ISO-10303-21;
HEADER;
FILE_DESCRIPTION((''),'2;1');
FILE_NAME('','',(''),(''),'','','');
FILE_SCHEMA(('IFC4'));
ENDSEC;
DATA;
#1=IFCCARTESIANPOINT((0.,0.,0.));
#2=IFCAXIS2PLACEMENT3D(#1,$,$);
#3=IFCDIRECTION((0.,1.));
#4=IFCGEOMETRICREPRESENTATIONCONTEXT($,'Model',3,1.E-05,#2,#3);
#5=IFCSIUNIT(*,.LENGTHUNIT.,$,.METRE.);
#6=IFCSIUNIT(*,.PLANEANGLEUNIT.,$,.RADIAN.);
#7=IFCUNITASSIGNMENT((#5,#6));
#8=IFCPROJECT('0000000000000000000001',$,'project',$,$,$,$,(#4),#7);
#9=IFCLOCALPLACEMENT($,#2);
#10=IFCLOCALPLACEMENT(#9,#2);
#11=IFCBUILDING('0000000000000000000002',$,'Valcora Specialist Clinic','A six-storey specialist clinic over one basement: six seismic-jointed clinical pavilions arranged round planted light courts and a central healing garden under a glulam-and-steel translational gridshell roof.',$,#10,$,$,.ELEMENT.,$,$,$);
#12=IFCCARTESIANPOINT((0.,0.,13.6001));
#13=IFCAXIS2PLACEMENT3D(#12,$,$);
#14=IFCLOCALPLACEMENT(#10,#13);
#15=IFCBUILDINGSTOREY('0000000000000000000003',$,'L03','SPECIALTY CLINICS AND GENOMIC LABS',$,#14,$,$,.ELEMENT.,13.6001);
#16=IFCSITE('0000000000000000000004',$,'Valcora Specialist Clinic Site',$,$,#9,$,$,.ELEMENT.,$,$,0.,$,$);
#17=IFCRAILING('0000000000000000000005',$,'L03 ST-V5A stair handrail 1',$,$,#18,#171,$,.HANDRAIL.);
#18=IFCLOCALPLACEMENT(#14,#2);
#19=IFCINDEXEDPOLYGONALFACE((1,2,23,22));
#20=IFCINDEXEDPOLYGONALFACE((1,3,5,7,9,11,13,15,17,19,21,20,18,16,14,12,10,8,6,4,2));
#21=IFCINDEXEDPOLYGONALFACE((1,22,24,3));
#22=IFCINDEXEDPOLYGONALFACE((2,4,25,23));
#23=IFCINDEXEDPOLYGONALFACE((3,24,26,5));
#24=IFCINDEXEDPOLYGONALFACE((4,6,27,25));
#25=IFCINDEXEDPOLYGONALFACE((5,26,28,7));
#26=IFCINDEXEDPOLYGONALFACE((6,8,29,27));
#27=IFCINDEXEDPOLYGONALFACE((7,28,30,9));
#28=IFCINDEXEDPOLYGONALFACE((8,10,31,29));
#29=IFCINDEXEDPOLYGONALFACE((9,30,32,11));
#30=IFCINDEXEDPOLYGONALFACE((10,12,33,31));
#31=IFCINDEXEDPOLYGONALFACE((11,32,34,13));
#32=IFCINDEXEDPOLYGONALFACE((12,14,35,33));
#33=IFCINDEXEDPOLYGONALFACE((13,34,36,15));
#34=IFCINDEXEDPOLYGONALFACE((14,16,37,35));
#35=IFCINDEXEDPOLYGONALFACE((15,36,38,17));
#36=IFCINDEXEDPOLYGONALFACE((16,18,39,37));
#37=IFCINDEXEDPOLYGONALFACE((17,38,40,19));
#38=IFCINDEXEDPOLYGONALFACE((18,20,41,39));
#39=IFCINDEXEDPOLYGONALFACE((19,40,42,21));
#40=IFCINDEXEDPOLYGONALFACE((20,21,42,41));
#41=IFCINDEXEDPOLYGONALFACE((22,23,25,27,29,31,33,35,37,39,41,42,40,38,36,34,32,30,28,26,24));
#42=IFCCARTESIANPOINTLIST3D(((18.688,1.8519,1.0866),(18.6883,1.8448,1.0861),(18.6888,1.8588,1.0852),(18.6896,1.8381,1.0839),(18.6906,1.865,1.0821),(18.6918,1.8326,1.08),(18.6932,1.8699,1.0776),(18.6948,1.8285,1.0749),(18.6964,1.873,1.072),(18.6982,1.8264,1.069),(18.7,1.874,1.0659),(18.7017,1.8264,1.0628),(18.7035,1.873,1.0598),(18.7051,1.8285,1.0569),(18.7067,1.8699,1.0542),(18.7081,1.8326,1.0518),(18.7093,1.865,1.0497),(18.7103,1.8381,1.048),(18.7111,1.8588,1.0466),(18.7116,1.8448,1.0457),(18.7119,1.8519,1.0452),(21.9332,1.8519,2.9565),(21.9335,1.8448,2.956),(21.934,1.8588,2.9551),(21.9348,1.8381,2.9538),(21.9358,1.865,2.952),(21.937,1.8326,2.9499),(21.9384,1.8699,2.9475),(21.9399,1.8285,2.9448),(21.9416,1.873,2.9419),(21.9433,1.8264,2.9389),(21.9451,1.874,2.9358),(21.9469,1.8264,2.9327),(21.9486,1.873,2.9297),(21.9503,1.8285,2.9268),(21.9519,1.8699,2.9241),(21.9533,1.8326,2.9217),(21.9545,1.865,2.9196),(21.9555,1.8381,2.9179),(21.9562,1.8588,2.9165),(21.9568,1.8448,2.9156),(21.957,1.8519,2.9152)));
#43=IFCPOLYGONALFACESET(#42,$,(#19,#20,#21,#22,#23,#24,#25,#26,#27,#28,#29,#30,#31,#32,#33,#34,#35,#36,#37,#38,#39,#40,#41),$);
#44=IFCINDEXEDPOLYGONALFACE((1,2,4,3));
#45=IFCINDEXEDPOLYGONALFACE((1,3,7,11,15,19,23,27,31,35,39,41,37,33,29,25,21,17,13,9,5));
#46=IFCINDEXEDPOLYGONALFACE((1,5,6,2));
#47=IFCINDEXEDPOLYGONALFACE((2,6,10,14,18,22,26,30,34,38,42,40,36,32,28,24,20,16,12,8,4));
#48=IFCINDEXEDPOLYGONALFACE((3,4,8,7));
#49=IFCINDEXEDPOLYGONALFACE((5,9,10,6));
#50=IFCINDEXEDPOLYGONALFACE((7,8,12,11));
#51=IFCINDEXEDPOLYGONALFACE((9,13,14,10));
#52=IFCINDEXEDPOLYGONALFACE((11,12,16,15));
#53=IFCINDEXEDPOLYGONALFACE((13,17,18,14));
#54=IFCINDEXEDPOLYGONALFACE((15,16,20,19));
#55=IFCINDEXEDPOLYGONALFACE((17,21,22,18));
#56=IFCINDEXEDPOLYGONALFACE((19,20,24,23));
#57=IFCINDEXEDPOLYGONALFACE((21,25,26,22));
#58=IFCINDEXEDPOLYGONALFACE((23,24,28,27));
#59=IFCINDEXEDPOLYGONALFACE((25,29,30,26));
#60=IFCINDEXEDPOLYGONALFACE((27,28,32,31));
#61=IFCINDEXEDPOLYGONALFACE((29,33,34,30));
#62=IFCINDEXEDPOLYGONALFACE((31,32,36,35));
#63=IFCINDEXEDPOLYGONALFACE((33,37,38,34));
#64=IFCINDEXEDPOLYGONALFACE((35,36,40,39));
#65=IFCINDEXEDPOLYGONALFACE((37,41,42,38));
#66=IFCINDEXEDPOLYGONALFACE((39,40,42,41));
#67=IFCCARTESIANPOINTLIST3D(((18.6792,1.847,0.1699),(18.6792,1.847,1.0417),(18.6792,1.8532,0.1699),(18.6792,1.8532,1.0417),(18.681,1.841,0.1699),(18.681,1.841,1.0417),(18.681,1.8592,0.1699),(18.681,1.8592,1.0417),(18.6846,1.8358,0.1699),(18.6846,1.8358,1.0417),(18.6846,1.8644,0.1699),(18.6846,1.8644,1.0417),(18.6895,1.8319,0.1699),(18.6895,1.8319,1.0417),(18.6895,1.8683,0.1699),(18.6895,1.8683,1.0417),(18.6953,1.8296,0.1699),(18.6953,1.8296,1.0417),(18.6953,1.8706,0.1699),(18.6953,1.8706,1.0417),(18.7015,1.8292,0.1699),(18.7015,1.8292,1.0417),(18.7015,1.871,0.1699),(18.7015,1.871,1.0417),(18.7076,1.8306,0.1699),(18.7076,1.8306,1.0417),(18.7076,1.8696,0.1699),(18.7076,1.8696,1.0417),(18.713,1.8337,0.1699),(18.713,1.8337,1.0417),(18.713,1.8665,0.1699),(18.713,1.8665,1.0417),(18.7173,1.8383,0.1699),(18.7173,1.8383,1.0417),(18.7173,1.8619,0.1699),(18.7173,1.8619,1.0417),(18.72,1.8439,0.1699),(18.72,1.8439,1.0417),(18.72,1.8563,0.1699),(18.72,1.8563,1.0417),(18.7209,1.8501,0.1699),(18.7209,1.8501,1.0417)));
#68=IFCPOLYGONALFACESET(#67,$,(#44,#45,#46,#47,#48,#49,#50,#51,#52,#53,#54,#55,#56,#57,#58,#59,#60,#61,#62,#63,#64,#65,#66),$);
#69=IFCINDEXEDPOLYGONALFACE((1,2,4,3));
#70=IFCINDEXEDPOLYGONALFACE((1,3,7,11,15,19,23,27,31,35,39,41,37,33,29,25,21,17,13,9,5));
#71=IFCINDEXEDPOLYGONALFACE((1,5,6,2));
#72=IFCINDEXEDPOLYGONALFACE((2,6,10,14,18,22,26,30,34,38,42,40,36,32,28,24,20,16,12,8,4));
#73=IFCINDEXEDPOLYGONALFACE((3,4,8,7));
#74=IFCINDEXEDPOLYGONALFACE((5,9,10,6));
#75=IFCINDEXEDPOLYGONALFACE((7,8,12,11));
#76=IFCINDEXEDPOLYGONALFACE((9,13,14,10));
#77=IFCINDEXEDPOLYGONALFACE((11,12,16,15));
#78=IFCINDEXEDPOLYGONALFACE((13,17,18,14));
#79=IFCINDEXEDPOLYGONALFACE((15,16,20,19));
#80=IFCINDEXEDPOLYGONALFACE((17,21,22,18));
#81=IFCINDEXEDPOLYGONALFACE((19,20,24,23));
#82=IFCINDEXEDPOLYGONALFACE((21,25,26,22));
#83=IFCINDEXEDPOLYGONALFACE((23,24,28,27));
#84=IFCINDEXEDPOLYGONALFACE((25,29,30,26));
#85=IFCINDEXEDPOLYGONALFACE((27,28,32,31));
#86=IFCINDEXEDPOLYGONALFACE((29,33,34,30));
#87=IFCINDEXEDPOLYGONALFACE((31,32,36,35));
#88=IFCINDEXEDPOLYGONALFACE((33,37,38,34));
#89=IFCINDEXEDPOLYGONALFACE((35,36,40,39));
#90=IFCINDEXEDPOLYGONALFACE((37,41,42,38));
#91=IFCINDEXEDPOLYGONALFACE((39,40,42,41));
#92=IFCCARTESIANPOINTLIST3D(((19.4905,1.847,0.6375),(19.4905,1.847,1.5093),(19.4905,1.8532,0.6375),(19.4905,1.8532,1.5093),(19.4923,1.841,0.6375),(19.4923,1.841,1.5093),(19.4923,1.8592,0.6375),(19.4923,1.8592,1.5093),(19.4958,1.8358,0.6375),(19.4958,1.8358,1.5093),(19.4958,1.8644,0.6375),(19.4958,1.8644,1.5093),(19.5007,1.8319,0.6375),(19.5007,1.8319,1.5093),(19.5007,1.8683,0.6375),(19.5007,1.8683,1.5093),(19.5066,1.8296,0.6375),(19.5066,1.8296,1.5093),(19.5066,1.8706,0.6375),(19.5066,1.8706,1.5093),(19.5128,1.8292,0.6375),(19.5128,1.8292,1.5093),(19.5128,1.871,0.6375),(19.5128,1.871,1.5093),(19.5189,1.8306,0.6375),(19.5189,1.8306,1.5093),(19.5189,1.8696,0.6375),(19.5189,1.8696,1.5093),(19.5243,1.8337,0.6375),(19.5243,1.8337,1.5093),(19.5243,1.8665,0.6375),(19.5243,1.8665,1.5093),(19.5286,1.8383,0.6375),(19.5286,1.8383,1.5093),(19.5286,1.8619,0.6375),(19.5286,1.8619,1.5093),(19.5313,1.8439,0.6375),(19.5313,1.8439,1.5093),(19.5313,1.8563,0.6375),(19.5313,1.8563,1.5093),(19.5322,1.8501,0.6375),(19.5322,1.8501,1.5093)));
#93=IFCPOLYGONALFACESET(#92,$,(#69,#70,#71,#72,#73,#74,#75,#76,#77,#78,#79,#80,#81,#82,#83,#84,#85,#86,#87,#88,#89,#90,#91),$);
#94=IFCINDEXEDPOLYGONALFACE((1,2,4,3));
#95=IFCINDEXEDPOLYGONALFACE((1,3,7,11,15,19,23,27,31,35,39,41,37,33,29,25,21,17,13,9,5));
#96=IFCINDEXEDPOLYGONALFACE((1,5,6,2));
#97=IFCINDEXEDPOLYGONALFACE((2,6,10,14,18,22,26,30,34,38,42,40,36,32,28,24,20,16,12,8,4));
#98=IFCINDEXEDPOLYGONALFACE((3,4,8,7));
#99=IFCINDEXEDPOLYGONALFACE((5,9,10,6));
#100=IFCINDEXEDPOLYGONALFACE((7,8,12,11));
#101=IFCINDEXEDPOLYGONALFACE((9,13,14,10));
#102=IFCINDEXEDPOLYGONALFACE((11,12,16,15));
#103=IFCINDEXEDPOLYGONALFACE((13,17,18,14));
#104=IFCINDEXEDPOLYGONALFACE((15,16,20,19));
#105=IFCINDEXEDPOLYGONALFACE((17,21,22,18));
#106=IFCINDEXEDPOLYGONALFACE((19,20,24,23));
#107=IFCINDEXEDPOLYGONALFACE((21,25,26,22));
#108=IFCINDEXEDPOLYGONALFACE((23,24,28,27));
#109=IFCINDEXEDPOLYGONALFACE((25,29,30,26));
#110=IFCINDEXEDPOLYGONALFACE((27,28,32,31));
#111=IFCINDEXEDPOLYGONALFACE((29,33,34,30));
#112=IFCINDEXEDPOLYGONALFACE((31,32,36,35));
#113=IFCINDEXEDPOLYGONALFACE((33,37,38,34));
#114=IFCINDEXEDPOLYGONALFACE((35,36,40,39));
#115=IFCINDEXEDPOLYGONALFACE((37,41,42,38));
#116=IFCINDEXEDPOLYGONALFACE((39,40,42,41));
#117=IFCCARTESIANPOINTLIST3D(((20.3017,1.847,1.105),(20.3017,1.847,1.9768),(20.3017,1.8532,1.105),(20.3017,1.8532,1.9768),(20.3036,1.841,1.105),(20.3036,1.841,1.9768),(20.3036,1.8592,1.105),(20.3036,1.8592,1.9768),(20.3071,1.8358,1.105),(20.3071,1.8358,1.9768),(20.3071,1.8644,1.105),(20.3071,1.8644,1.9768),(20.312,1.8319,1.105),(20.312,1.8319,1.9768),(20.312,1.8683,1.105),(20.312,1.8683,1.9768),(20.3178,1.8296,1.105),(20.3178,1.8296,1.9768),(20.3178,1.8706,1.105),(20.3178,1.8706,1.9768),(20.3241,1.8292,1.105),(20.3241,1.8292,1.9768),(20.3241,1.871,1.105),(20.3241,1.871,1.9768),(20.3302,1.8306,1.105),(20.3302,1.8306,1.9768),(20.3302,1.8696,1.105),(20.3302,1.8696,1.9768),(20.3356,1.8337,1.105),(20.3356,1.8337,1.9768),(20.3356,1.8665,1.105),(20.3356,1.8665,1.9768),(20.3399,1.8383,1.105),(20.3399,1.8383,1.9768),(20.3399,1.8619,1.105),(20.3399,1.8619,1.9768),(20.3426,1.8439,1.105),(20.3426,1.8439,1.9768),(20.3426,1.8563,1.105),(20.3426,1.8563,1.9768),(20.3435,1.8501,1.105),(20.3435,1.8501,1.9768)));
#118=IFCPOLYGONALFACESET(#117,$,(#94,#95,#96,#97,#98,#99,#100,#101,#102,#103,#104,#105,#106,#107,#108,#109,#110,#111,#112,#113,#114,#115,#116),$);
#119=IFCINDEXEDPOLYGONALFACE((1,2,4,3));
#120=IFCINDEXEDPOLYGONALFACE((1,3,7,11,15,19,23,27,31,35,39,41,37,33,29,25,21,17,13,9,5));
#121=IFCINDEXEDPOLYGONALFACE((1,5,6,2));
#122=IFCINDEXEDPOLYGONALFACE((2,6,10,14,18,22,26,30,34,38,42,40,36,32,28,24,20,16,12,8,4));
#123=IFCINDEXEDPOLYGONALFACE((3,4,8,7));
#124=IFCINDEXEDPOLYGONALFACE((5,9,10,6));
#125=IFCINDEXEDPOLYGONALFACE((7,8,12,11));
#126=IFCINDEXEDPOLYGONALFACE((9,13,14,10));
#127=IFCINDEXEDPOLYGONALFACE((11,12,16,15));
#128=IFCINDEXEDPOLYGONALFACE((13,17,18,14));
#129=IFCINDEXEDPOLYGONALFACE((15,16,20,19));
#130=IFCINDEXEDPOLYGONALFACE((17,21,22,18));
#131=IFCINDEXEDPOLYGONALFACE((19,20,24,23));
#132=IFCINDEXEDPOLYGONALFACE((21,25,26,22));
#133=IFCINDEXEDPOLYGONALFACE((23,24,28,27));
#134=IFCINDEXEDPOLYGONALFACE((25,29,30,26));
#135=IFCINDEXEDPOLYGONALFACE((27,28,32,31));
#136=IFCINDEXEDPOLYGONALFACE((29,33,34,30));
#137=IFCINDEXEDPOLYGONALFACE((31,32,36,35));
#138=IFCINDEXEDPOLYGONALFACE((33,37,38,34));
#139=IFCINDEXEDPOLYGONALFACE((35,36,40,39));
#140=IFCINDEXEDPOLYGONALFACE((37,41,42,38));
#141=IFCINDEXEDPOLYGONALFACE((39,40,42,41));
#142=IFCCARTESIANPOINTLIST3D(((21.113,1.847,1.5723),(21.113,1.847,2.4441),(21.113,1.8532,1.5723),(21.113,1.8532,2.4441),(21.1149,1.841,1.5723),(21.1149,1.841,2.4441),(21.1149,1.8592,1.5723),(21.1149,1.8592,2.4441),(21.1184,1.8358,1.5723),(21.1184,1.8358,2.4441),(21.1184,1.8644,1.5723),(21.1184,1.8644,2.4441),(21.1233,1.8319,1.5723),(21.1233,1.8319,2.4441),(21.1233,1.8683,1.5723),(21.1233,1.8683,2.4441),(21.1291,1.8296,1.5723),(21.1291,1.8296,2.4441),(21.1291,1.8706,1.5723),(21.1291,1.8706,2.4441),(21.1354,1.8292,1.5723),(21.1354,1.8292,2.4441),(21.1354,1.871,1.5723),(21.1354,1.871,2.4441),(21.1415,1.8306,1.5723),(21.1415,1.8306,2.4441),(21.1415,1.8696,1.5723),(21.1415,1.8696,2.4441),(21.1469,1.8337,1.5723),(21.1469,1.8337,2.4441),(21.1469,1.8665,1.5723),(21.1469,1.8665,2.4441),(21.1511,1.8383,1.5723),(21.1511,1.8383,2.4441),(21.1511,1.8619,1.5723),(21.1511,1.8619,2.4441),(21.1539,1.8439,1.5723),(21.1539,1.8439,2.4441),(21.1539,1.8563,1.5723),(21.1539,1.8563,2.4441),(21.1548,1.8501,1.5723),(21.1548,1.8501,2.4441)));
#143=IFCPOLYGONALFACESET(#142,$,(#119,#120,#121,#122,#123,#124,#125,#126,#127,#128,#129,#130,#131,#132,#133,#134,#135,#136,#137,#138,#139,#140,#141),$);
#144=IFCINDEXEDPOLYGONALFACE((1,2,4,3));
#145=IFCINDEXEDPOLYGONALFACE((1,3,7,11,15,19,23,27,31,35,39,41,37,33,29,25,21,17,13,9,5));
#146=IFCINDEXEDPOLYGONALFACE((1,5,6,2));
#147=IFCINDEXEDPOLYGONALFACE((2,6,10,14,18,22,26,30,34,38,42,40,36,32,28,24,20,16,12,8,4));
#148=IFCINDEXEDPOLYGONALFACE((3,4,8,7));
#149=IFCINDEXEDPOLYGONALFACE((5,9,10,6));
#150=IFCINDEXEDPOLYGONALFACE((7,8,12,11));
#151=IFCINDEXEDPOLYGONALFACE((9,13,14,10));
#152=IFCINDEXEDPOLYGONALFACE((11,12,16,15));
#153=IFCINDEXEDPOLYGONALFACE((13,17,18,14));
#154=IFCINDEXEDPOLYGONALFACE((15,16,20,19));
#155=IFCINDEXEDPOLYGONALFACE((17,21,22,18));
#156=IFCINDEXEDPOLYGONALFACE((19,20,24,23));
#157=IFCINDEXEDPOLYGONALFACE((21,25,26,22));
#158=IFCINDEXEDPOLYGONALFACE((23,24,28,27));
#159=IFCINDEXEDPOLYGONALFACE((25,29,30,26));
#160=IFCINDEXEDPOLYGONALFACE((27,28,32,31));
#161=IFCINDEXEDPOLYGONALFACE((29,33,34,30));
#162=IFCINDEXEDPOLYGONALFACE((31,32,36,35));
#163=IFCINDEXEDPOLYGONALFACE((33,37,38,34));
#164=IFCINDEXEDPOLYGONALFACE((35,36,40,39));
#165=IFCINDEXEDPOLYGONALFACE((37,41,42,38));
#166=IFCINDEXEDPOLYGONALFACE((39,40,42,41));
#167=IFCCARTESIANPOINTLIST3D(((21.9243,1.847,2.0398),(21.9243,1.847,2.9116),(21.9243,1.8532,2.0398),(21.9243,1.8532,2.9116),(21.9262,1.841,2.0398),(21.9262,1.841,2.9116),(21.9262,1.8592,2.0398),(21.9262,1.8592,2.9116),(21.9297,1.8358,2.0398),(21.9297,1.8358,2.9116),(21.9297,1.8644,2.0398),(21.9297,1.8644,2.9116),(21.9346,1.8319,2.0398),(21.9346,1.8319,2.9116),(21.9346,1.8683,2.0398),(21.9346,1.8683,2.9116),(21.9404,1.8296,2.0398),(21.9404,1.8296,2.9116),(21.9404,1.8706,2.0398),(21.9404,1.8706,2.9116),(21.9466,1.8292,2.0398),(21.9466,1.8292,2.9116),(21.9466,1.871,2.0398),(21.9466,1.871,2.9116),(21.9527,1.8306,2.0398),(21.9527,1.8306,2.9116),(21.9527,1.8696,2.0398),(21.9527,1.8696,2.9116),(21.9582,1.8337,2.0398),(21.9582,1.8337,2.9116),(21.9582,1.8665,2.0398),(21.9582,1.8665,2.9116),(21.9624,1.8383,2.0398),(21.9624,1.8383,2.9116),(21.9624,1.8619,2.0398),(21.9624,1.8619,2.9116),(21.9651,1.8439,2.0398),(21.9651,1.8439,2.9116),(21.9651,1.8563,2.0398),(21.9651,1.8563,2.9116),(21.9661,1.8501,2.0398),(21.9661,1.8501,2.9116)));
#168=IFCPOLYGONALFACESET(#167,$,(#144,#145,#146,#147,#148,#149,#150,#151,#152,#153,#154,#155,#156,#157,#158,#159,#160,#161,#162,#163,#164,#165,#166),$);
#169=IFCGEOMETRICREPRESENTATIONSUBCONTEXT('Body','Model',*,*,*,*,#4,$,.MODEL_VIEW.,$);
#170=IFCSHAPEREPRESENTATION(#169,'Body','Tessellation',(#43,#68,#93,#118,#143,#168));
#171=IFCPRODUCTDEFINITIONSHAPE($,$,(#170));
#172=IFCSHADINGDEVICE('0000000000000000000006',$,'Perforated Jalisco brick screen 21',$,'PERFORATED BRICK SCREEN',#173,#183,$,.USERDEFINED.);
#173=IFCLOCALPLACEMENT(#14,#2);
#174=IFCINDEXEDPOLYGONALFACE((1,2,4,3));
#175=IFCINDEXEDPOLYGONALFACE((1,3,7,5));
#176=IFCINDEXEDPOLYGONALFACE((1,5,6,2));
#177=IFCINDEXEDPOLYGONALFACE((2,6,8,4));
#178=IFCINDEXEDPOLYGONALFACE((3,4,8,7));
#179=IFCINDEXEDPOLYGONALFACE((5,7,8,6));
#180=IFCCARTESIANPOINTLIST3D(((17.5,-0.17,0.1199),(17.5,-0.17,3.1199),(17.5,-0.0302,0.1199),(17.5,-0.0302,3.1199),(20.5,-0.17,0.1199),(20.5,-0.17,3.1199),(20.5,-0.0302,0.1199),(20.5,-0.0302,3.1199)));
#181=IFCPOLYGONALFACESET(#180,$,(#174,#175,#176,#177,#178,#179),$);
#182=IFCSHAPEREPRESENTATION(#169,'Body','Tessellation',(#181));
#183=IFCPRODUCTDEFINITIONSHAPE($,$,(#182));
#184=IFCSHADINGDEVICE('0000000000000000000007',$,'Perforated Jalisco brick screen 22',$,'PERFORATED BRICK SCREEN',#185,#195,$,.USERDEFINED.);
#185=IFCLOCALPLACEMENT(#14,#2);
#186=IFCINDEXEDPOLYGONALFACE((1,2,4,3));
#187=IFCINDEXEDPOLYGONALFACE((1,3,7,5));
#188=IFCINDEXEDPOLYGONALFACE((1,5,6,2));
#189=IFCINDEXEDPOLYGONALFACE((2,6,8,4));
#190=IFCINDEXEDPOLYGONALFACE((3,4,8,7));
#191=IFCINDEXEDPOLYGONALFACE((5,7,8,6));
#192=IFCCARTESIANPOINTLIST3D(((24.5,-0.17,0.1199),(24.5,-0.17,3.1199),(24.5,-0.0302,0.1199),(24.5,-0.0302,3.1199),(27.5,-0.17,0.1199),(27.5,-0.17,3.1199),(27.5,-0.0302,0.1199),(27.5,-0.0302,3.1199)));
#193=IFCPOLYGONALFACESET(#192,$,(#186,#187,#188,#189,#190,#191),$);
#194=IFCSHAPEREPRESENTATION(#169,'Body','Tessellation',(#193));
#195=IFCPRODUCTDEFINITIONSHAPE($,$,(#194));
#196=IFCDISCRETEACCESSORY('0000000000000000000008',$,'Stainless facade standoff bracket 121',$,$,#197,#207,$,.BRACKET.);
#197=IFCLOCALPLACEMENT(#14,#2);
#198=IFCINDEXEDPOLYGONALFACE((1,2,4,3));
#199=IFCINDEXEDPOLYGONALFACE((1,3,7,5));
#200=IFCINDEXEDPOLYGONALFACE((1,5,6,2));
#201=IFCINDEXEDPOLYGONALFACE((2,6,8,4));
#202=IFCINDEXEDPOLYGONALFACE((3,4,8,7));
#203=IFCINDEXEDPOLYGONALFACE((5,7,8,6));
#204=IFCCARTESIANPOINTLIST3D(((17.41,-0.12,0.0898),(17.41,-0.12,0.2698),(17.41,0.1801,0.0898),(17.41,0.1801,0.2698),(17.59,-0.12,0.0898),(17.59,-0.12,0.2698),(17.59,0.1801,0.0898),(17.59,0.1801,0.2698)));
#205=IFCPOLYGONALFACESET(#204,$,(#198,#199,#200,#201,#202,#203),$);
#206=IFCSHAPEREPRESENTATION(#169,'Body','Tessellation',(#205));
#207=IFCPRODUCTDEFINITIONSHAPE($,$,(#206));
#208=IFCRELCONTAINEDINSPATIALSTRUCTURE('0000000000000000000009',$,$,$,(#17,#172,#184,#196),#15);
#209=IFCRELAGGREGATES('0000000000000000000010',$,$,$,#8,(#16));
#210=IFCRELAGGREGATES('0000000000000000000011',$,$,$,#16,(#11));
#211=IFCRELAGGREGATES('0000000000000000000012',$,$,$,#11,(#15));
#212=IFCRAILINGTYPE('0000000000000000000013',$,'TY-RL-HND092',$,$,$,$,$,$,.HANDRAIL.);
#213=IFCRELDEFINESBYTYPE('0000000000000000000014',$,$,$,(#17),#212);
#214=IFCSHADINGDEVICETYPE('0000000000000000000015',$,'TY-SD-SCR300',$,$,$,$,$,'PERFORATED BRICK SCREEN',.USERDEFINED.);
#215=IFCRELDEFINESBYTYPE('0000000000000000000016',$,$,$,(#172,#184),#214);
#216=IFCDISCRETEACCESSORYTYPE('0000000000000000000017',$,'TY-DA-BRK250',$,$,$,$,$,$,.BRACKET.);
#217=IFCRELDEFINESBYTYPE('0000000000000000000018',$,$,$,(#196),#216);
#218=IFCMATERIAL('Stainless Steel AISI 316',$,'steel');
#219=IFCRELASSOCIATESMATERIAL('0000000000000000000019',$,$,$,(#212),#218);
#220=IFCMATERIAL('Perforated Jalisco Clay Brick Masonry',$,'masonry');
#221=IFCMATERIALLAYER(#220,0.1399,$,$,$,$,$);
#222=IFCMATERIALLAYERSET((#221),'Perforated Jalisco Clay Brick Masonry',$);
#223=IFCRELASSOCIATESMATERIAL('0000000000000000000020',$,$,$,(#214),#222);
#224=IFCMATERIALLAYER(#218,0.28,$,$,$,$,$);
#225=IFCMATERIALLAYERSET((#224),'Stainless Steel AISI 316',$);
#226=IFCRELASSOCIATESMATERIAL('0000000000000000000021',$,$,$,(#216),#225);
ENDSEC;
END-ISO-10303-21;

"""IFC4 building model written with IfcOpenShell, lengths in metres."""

from ifc_helpers import new_model, si_unit, direction, frame, origin, origin_2d, place, context, subcontext, project, spatial, rectangle, circle, extrude, material, layer, layer_set, type_object, element, save


model = new_model("IFC4")

# Units and contexts
model_context = context("Model", 3, precision=1e-05, world=origin(), true_north=direction((0.0, 1.0)))
body_context = subcontext(model_context, "Body", "Model", "MODEL_VIEW")
ifc_project = project(units=[si_unit("LENGTHUNIT", "METRE"), si_unit("PLANEANGLEUNIT", "RADIAN")], contexts=[model_context])

# Site, building, storey
site_placement = place(None, origin())
site = spatial("IfcSite", under=ifc_project, at=site_placement, Name="Valcora Specialist Clinic Site", CompositionType="ELEMENT", RefElevation=0.0)
building_placement = place(site_placement, origin())
building = spatial("IfcBuilding", under=site, at=building_placement, Name="Valcora Specialist Clinic", Description="A six-storey specialist clinic over one basement: six seismic-jointed clinical pavilions arranged round planted light courts and a central healing garden under a glulam-and-steel translational gridshell roof.", CompositionType="ELEMENT")
storey_placement = place(building_placement, frame((0.0, 0.0, 13.6001)))
storey = spatial("IfcBuildingStorey", under=building, at=storey_placement, Name="L03", Description="SPECIALTY CLINICS AND GENOMIC LABS", CompositionType="ELEMENT", Elevation=13.6001)

# Railing
ifc_material_1 = material(Name="Stainless Steel AISI 316", Category="steel")
railing_type_1 = type_object("IfcRailingType", Name="TY-RL-HND092", PredefinedType="HANDRAIL", material=ifc_material_1)
railing_1_placement = place(storey_placement, frame((18.7, 1.8501, 0.1699)))
element("IfcRailing", 1, at=railing_1_placement, inside=storey, type_object=railing_type_1, Name="L03 ST-V5A stair handrail 1", PredefinedType="HANDRAIL", context=body_context, shape_type="SweptSolid", body=[
    extrude(circle(Radius=0.0239, at=origin_2d()), frame((0.0, 0.0, 0.896), z_axis=(0.866452, 0.0, 0.49926), x_axis=(0.0, 1.0, 0.0)), (0.0, 0.0, 1.0), 3.7454),
    extrude(circle(Radius=0.021, at=origin_2d()), origin(), (0.0, 0.0, 1.0), 0.8718),
    extrude(circle(Radius=0.021, at=origin_2d()), frame((0.8113, 0.0, 0.4675)), (0.0, 0.0, 1.0), 0.8718),
    extrude(circle(Radius=0.021, at=origin_2d()), frame((1.6226, 0.0, 0.9351)), (0.0, 0.0, 1.0), 0.8718),
    extrude(circle(Radius=0.021, at=origin_2d()), frame((2.4338, 0.0, 1.4023)), (0.0, 0.0, 1.0), 0.8718),
    extrude(circle(Radius=0.021, at=origin_2d()), frame((3.2451, 0.0, 1.8699)), (0.0, 0.0, 1.0), 0.8718),
])

# Shading devices
ifc_material_2 = material(Name="Perforated Jalisco Clay Brick Masonry", Category="masonry")
ifc_layer_1 = layer(ifc_material_2, 0.1399)
ifc_layer_set_1 = layer_set([ifc_layer_1], Name="Perforated Jalisco Clay Brick Masonry")
shading_device_type = type_object("IfcShadingDeviceType", Name="TY-SD-SCR300", ElementType="PERFORATED BRICK SCREEN", PredefinedType="USERDEFINED", material=ifc_layer_set_1)
for number, where, z_axis, x_axis, name in (
    (2, (19.0, -0.1001, 0.1199), (0.0, 0.0, 1.0), (1.0, 0.0, 0.0), "Perforated Jalisco brick screen 21"),
    (3, (26.0, -0.1001, 0.1199), (0.0, 0.0, 1.0), (1.0, 0.0, 0.0), "Perforated Jalisco brick screen 22"),
):
    element("IfcShadingDevice", number, at=place(storey_placement, frame(where, z_axis=z_axis, x_axis=x_axis)), inside=storey, type_object=shading_device_type, Name=name, ObjectType="PERFORATED BRICK SCREEN", PredefinedType="USERDEFINED", context=body_context, shape_type="SweptSolid", body=[
        extrude(rectangle(XDim=3.0, YDim=0.1399, at=origin_2d()), origin(), (0.0, 0.0, 1.0), 3.0),
    ])

# Discrete accessory
ifc_layer_2 = layer(ifc_material_1, 0.28)
ifc_layer_set_2 = layer_set([ifc_layer_2], Name="Stainless Steel AISI 316")
discrete_accessory_type = type_object("IfcDiscreteAccessoryType", Name="TY-DA-BRK250", PredefinedType="BRACKET", material=ifc_layer_set_2)
for number, where, z_axis, x_axis, name in (
    (4, (17.5, 0.03, 0.0898), (0.0, 0.0, 1.0), (1.0, 0.0, 0.0), "Stainless facade standoff bracket 121"),
):
    element("IfcDiscreteAccessory", number, at=place(storey_placement, frame(where, z_axis=z_axis, x_axis=x_axis)), inside=storey, type_object=discrete_accessory_type, Name=name, PredefinedType="BRACKET", context=body_context, shape_type="SweptSolid", body=[
        extrude(rectangle(XDim=0.1799, YDim=0.3, at=origin_2d()), origin(), (0.0, 0.0, 1.0), 0.1799),
    ])

save(model, "model.ifc")
